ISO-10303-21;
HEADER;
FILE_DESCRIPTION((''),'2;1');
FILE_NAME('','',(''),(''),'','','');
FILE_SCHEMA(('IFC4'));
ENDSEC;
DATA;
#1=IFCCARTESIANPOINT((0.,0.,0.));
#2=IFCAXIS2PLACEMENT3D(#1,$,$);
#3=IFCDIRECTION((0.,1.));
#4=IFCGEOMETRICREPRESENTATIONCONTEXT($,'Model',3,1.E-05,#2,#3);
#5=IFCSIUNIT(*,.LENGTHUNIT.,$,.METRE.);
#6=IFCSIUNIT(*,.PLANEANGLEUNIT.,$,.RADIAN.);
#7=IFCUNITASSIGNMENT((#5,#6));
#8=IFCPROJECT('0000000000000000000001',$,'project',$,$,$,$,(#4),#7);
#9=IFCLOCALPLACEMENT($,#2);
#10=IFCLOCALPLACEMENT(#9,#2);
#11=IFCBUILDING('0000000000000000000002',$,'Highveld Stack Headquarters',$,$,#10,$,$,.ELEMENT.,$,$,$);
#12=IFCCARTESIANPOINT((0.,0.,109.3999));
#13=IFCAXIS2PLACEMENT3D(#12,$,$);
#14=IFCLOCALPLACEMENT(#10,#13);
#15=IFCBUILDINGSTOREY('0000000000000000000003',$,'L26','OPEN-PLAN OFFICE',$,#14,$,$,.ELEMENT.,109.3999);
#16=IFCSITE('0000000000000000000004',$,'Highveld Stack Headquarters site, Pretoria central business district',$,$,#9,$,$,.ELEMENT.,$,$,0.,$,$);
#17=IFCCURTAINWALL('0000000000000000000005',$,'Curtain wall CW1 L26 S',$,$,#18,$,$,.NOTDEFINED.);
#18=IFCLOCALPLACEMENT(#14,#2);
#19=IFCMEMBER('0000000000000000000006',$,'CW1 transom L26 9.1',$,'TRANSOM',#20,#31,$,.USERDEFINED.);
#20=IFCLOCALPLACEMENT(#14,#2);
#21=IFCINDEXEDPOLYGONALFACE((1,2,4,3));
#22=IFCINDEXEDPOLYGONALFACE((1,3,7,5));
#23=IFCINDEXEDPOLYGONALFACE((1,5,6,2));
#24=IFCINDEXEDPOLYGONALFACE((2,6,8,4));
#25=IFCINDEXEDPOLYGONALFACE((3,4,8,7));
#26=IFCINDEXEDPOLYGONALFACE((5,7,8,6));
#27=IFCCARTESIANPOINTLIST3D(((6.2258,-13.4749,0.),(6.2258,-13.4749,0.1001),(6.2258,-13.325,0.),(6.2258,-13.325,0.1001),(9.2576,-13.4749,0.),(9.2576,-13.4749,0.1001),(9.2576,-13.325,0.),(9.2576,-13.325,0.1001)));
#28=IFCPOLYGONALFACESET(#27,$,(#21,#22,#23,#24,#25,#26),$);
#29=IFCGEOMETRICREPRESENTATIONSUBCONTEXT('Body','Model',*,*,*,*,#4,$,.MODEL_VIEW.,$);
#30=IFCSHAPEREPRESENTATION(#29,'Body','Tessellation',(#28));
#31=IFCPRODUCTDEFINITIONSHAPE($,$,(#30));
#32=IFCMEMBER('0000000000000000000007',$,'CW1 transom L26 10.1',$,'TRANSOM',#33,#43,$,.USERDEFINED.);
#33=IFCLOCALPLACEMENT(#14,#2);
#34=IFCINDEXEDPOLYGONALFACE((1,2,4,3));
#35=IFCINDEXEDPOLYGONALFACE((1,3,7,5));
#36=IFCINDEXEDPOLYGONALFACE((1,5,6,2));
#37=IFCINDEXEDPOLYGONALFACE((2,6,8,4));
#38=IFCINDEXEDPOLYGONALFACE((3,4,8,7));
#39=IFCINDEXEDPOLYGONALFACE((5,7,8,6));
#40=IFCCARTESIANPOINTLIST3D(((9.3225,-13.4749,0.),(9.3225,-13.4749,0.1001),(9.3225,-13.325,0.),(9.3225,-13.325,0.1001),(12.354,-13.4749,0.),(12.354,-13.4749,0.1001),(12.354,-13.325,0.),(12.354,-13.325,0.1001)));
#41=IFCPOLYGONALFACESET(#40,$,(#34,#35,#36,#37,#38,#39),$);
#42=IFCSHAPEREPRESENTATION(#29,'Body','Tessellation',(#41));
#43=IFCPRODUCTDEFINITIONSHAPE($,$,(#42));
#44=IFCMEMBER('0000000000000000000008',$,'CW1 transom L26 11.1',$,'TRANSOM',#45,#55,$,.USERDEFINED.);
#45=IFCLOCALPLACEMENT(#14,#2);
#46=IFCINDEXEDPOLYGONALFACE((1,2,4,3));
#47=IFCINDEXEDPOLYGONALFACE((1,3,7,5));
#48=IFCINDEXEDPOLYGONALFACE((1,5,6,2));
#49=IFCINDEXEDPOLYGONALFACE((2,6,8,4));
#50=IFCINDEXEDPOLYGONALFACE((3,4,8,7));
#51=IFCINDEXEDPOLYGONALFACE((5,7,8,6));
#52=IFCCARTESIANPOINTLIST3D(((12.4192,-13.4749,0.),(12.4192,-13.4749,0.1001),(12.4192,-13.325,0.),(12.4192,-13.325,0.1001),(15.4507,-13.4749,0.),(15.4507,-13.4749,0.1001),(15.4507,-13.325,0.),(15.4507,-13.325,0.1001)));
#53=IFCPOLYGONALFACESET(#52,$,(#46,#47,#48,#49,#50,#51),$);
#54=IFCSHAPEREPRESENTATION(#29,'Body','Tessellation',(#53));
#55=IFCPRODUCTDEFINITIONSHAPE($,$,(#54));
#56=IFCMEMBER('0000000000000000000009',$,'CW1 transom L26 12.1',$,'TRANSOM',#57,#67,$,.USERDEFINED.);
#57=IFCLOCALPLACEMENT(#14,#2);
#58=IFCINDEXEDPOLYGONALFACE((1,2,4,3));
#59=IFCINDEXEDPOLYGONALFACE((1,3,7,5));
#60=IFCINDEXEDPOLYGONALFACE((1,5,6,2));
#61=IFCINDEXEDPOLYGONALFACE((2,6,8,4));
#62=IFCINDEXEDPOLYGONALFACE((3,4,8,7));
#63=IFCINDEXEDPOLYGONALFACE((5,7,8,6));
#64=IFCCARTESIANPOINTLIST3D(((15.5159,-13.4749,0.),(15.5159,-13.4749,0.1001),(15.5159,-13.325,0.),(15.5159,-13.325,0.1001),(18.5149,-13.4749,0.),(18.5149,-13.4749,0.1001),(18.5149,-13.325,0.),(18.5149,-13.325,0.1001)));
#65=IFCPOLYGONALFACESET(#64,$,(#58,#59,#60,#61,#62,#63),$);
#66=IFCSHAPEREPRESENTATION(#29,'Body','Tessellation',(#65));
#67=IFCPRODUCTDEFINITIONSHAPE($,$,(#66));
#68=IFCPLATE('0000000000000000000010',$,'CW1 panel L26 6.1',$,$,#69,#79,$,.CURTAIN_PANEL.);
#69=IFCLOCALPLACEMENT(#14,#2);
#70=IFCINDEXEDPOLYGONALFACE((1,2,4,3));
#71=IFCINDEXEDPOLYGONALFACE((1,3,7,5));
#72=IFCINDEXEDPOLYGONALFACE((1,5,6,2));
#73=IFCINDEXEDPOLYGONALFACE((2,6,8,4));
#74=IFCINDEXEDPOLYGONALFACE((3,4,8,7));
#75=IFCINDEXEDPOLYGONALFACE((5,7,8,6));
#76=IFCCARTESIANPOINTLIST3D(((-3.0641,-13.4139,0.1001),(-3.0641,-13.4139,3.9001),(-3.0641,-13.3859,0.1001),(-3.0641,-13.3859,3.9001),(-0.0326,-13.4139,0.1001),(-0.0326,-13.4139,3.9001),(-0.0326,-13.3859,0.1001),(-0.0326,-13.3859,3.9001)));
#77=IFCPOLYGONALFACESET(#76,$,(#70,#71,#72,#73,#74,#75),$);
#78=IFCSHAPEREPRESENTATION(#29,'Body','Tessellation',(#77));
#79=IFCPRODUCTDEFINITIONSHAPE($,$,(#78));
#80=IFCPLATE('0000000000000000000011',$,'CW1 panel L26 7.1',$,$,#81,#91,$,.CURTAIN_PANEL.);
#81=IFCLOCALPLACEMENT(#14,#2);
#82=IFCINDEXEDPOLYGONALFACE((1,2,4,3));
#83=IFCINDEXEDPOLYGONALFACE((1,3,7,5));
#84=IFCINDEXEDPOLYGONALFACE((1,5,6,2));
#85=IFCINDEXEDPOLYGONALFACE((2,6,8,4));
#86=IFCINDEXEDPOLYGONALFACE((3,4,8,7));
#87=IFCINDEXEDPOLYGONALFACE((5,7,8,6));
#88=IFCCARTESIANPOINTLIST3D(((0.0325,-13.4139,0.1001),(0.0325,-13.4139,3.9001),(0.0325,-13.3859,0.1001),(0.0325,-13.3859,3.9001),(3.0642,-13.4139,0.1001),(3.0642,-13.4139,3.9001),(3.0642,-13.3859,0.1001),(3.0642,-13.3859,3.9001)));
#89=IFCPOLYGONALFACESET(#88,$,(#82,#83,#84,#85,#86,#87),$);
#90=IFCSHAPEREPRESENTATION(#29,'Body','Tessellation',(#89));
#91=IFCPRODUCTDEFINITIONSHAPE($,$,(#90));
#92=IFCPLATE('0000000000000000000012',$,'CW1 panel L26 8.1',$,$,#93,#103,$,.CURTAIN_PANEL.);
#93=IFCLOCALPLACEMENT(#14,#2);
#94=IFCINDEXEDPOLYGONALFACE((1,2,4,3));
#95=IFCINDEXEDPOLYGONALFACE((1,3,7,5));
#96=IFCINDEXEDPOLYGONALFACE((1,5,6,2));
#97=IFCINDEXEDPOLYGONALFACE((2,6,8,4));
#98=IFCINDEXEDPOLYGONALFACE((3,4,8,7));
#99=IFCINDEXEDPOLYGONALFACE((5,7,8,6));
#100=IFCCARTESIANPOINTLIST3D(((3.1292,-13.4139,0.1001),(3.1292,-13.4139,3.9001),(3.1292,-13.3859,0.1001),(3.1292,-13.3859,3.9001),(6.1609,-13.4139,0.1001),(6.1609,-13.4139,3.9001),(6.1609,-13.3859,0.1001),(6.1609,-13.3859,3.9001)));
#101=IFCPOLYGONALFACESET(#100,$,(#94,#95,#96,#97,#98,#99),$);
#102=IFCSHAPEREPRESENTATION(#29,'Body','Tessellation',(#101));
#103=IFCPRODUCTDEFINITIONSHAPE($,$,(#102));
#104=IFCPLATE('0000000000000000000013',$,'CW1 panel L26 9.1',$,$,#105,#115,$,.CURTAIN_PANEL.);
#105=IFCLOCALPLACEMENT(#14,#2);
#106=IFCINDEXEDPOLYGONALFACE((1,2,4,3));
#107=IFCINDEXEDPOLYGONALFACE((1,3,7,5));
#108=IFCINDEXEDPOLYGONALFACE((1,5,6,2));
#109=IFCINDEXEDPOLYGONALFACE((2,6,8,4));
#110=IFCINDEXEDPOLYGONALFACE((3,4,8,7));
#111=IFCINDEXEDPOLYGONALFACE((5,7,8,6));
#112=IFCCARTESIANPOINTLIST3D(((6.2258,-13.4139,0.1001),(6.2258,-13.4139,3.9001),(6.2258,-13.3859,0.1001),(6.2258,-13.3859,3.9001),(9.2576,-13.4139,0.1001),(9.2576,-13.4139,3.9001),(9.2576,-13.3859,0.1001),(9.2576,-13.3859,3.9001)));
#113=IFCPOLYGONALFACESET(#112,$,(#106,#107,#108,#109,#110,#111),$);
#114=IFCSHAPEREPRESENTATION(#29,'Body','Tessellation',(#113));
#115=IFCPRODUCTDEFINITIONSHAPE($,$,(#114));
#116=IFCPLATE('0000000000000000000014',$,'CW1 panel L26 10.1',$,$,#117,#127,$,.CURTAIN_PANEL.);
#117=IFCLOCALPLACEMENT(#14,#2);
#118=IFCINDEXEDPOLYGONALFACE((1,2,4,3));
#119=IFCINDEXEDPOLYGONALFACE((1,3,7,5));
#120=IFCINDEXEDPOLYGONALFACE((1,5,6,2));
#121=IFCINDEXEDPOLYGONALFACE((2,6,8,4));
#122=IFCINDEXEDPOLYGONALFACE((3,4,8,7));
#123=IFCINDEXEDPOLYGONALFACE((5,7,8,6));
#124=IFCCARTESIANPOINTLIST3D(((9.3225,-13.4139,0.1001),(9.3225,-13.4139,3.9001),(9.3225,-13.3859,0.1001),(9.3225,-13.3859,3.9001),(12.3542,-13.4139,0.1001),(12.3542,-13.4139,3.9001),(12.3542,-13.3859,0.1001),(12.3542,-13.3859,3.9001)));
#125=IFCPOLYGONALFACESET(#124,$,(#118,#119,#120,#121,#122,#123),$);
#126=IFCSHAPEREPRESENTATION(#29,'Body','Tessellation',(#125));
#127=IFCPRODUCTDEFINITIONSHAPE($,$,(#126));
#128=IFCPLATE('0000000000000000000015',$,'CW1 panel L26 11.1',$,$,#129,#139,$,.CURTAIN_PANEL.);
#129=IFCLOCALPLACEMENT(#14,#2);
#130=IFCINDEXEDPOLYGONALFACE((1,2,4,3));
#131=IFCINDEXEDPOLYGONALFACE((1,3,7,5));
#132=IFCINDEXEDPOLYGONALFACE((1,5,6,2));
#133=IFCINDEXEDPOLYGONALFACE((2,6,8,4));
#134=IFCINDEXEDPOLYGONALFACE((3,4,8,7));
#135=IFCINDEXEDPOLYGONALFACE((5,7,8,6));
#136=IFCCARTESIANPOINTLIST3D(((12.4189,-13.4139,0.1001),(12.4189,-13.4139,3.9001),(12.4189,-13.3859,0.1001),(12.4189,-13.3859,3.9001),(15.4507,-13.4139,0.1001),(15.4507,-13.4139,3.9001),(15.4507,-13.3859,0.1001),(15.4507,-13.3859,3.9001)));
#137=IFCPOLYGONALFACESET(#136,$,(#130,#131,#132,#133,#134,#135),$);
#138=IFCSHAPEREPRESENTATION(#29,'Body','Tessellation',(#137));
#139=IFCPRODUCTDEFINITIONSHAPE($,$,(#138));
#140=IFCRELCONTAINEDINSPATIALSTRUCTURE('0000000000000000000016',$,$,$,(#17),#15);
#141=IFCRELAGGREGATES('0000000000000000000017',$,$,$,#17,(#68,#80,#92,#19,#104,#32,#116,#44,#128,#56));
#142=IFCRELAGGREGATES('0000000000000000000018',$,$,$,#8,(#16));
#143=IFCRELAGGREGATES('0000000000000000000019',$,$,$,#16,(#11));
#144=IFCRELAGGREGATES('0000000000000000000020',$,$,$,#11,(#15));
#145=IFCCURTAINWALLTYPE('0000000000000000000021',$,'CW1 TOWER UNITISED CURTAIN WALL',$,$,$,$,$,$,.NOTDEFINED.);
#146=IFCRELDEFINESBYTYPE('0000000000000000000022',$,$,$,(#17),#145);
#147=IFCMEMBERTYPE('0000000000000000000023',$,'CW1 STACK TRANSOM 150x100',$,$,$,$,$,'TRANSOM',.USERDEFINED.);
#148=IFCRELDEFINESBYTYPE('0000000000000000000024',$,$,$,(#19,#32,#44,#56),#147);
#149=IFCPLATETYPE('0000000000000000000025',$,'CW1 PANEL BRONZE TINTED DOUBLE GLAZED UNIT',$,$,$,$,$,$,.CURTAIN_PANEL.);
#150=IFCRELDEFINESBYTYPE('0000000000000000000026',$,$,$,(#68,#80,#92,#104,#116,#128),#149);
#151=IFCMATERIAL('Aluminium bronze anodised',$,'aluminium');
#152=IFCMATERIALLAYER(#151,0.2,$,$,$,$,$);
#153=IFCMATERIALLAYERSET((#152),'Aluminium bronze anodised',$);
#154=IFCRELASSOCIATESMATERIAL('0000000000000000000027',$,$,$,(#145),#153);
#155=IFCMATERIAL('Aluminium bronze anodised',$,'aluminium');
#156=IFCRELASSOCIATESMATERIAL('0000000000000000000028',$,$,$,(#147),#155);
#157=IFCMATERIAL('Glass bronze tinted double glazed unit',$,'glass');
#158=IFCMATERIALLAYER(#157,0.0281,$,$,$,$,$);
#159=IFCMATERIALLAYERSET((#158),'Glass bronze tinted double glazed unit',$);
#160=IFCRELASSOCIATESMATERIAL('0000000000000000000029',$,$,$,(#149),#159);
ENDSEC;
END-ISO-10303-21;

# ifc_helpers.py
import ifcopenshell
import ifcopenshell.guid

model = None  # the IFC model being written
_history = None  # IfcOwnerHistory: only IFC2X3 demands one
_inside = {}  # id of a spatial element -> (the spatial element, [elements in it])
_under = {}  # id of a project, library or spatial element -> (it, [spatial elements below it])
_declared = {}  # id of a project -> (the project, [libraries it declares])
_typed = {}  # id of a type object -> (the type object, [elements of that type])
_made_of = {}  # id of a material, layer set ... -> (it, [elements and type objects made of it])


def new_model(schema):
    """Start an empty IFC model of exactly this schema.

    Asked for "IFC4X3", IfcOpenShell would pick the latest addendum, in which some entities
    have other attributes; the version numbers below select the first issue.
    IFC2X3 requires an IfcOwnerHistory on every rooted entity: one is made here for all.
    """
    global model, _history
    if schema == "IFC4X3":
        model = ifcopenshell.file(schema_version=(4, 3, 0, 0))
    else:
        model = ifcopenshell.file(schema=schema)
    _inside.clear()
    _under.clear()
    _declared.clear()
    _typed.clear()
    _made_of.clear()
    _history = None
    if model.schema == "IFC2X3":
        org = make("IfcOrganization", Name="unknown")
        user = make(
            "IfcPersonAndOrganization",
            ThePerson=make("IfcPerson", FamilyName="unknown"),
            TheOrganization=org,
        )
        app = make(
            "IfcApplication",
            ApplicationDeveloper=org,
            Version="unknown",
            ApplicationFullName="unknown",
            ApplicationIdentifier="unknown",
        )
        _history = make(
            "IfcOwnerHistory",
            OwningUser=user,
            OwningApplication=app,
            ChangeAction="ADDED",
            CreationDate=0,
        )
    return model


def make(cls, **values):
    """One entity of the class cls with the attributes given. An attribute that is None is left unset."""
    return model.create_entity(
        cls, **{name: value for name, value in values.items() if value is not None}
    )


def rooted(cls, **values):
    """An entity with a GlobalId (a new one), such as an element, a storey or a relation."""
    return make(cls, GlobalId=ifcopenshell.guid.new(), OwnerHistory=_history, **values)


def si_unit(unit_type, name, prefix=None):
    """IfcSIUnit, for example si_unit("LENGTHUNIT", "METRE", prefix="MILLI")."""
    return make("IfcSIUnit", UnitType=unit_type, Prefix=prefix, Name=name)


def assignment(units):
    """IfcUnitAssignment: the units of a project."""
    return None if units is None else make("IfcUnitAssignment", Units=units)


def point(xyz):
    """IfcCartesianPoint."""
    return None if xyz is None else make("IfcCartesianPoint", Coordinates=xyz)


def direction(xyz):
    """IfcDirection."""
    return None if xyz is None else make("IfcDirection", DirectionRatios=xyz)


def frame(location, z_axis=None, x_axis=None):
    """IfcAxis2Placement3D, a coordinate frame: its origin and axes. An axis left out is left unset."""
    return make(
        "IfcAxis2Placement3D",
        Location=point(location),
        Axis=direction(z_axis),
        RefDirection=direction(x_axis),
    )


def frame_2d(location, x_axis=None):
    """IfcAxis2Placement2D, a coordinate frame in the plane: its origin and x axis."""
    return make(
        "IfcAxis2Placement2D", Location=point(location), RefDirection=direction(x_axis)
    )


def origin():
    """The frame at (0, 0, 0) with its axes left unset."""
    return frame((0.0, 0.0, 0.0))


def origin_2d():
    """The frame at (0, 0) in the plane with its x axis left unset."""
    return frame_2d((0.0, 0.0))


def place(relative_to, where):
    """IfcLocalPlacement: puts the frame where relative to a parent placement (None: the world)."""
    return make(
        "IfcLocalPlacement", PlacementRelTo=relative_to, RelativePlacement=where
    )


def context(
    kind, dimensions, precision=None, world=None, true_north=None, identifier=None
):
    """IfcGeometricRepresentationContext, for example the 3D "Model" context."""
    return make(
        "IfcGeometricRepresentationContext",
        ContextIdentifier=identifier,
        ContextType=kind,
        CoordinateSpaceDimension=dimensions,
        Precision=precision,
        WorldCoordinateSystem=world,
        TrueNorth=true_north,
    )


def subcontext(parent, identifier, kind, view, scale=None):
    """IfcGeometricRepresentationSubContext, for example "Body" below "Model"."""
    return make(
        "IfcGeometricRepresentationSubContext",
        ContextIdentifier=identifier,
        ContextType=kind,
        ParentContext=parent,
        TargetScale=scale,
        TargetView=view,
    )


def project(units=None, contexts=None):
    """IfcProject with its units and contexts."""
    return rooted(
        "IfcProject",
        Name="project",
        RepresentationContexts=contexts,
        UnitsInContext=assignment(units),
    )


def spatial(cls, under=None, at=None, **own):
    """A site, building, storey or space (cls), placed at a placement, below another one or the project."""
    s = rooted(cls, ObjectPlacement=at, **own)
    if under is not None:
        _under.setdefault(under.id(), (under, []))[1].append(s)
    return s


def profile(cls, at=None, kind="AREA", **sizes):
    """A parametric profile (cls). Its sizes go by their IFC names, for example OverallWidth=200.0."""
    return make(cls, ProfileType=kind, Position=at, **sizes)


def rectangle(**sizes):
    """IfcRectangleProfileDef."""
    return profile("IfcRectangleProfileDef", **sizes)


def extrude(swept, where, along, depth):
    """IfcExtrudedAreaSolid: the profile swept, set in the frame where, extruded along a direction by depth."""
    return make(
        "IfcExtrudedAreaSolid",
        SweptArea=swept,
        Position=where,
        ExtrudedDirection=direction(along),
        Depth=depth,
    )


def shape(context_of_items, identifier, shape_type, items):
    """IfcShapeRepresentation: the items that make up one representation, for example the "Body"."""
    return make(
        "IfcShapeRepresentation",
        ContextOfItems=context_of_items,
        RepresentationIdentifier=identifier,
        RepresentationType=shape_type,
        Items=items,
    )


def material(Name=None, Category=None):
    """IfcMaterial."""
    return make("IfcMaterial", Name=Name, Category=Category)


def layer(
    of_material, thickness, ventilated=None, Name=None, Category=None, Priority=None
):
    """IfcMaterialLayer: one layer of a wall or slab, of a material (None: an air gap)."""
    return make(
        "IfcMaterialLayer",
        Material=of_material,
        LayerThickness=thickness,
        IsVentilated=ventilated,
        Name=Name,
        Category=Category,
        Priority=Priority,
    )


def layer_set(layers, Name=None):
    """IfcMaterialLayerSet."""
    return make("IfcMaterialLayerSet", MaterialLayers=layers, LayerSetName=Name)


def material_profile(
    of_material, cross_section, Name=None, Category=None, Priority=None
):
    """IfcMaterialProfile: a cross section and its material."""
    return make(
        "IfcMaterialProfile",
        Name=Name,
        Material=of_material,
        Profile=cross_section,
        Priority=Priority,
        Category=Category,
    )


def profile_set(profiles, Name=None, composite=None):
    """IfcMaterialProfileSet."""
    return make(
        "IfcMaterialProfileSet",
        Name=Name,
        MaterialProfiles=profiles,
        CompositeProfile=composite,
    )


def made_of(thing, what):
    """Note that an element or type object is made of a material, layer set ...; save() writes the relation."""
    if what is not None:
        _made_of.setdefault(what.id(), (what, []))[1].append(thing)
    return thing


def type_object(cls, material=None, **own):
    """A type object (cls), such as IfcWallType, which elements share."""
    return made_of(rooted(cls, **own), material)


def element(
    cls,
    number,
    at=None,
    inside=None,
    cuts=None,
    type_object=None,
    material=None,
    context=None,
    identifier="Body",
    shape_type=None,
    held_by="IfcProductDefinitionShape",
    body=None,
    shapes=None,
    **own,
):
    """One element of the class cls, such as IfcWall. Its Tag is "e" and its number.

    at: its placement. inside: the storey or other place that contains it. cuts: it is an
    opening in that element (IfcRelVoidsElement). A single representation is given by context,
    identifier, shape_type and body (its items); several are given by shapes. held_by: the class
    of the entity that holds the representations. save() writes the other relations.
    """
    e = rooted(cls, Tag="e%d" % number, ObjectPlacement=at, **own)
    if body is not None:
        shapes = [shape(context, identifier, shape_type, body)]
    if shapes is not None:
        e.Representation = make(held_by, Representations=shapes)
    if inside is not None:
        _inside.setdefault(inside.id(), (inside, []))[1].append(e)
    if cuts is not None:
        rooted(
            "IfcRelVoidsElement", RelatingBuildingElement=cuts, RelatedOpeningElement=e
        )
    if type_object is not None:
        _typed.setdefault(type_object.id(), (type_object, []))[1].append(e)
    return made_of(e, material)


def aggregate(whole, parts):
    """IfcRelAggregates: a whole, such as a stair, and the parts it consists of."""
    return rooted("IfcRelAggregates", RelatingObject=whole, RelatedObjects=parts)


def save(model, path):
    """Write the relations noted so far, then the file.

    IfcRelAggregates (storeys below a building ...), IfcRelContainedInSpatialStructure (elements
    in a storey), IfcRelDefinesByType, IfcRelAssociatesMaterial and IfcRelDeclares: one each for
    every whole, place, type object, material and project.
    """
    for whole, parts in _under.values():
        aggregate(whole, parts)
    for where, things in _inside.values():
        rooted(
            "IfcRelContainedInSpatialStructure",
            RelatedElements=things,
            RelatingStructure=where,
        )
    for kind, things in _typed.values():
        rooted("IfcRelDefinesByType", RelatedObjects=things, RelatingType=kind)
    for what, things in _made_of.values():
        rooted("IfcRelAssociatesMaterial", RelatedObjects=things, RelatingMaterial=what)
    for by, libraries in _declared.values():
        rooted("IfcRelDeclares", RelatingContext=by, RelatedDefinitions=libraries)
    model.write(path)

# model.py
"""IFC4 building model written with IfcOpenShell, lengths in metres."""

from ifc_helpers import new_model, si_unit, direction, frame, origin, origin_2d, place, context, subcontext, project, spatial, rectangle, extrude, material, layer, layer_set, material_profile, profile_set, type_object, element, aggregate, save


model = new_model("IFC4")

# Units and contexts
model_context = context("Model", 3, precision=1e-05, world=origin(), true_north=direction((0.0, 1.0)))
body_context = subcontext(model_context, "Body", "Model", "MODEL_VIEW")
ifc_project = project(units=[si_unit("LENGTHUNIT", "METRE"), si_unit("PLANEANGLEUNIT", "RADIAN")], contexts=[model_context])

# Site, building, storey
site_placement = place(None, origin())
site = spatial("IfcSite", under=ifc_project, at=site_placement, Name="Highveld Stack Headquarters site, Pretoria central business district", CompositionType="ELEMENT", RefElevation=0.0)
building_placement = place(site_placement, origin())
building = spatial("IfcBuilding", under=site, at=building_placement, Name="Highveld Stack Headquarters", CompositionType="ELEMENT")
storey_placement = place(building_placement, frame((0.0, 0.0, 109.3999)))
storey = spatial("IfcBuildingStorey", under=building, at=storey_placement, Name="L26", Description="OPEN-PLAN OFFICE", CompositionType="ELEMENT", Elevation=109.3999)

# Curtain wall, members, plates
ifc_material_1 = material(Name="Aluminium bronze anodised", Category="aluminium")
ifc_layer_1 = layer(ifc_material_1, 0.2)
ifc_layer_set_1 = layer_set([ifc_layer_1], Name="Aluminium bronze anodised")
curtain_wall_type = type_object("IfcCurtainWallType", Name="CW1 TOWER UNITISED CURTAIN WALL", PredefinedType="NOTDEFINED", material=ifc_layer_set_1)
curtain_wall_placement = place(storey_placement, origin())
curtain_wall = element("IfcCurtainWall", 1, at=curtain_wall_placement, inside=storey, type_object=curtain_wall_type, Name="Curtain wall CW1 L26 S", PredefinedType="NOTDEFINED")
ifc_material_2 = material(Name="Aluminium bronze anodised", Category="aluminium")
ifc_material_profile_1 = material_profile(ifc_material_2, rectangle(XDim=0.1499, YDim=0.1001, at=origin_2d()), Name="CW1 TRANSOM 150x100")
ifc_profile_set_1 = profile_set([ifc_material_profile_1], Name="Aluminium bronze anodised")
member_type_1 = type_object("IfcMemberType", Name="CW1 STACK TRANSOM 150x100", ElementType="TRANSOM", PredefinedType="USERDEFINED", material=ifc_profile_set_1)
member_1_placement = place(storey_placement, frame((6.2258, -13.3999, 0.05), z_axis=(1.0, 0.0, 0.0), x_axis=(0.0, 1.0, 0.0)))
member_1 = element("IfcMember", 2, at=member_1_placement, type_object=member_type_1, Name="CW1 transom L26 9.1", ObjectType="TRANSOM", PredefinedType="USERDEFINED", context=body_context, shape_type="SweptSolid", body=[
    extrude(rectangle(XDim=0.1499, YDim=0.1001, at=origin_2d()), origin(), (0.0, 0.0, 1.0), 3.0317),
])
member_2_placement = place(storey_placement, frame((9.3225, -13.3999, 0.05), z_axis=(1.0, 0.0, 0.0), x_axis=(0.0, 1.0, 0.0)))
member_2 = element("IfcMember", 3, at=member_2_placement, type_object=member_type_1, Name="CW1 transom L26 10.1", ObjectType="TRANSOM", PredefinedType="USERDEFINED", context=body_context, shape_type="SweptSolid", body=[
    extrude(rectangle(XDim=0.1499, YDim=0.1001, at=origin_2d()), origin(), (0.0, 0.0, 1.0), 3.0315),
])
member_3_placement = place(storey_placement, frame((12.4192, -13.3999, 0.05), z_axis=(1.0, 0.0, 0.0), x_axis=(0.0, 1.0, 0.0)))
member_3 = element("IfcMember", 4, at=member_3_placement, type_object=member_type_1, Name="CW1 transom L26 11.1", ObjectType="TRANSOM", PredefinedType="USERDEFINED", context=body_context, shape_type="SweptSolid", body=[
    extrude(rectangle(XDim=0.1499, YDim=0.1001, at=origin_2d()), origin(), (0.0, 0.0, 1.0), 3.0315),
])
member_4_placement = place(storey_placement, frame((15.5159, -13.3999, 0.05), z_axis=(1.0, 0.0, 0.0), x_axis=(0.0, 1.0, 0.0)))
member_4 = element("IfcMember", 5, at=member_4_placement, type_object=member_type_1, Name="CW1 transom L26 12.1", ObjectType="TRANSOM", PredefinedType="USERDEFINED", context=body_context, shape_type="SweptSolid", body=[
    extrude(rectangle(XDim=0.1499, YDim=0.1001, at=origin_2d()), origin(), (0.0, 0.0, 1.0), 2.999),
])
ifc_material_3 = material(Name="Glass bronze tinted double glazed unit", Category="glass")
ifc_layer_2 = layer(ifc_material_3, 0.0281)
ifc_layer_set_2 = layer_set([ifc_layer_2], Name="Glass bronze tinted double glazed unit")
plate_type = type_object("IfcPlateType", Name="CW1 PANEL BRONZE TINTED DOUBLE GLAZED UNIT", PredefinedType="CURTAIN_PANEL", material=ifc_layer_set_2)
plate_1_placement = place(storey_placement, frame((-1.5483, -13.3999, 0.1001), z_axis=(0.0, 0.0, 1.0), x_axis=(1.0, 0.0, 0.0)))
plate_1 = element("IfcPlate", 6, at=plate_1_placement, type_object=plate_type, Name="CW1 panel L26 6.1", PredefinedType="CURTAIN_PANEL", context=body_context, shape_type="SweptSolid", body=[
    extrude(rectangle(XDim=3.0315, YDim=0.0281, at=origin_2d()), origin(), (0.0, 0.0, 1.0), 3.8),
])
plate_2_placement = place(storey_placement, frame((1.5483, -13.3999, 0.1001), z_axis=(0.0, 0.0, 1.0), x_axis=(1.0, 0.0, 0.0)))
plate_2 = element("IfcPlate", 7, at=plate_2_placement, type_object=plate_type, Name="CW1 panel L26 7.1", PredefinedType="CURTAIN_PANEL", context=body_context, shape_type="SweptSolid", body=[
    extrude(rectangle(XDim=3.0317, YDim=0.0281, at=origin_2d()), origin(), (0.0, 0.0, 1.0), 3.8),
])
plate_3_placement = place(storey_placement, frame((4.645, -13.3999, 0.1001), z_axis=(0.0, 0.0, 1.0), x_axis=(1.0, 0.0, 0.0)))
plate_3 = element("IfcPlate", 8, at=plate_3_placement, type_object=plate_type, Name="CW1 panel L26 8.1", PredefinedType="CURTAIN_PANEL", context=body_context, shape_type="SweptSolid", body=[
    extrude(rectangle(XDim=3.0317, YDim=0.0281, at=origin_2d()), origin(), (0.0, 0.0, 1.0), 3.8),
])
plate_4_placement = place(storey_placement, frame((7.7417, -13.3999, 0.1001), z_axis=(0.0, 0.0, 1.0), x_axis=(1.0, 0.0, 0.0)))
plate_4 = element("IfcPlate", 9, at=plate_4_placement, type_object=plate_type, Name="CW1 panel L26 9.1", PredefinedType="CURTAIN_PANEL", context=body_context, shape_type="SweptSolid", body=[
    extrude(rectangle(XDim=3.0317, YDim=0.0281, at=origin_2d()), origin(), (0.0, 0.0, 1.0), 3.8),
])
plate_5_placement = place(storey_placement, frame((10.8384, -13.3999, 0.1001), z_axis=(0.0, 0.0, 1.0), x_axis=(1.0, 0.0, 0.0)))
plate_5 = element("IfcPlate", 10, at=plate_5_placement, type_object=plate_type, Name="CW1 panel L26 10.1", PredefinedType="CURTAIN_PANEL", context=body_context, shape_type="SweptSolid", body=[
    extrude(rectangle(XDim=3.0317, YDim=0.0281, at=origin_2d()), origin(), (0.0, 0.0, 1.0), 3.8),
])
plate_6_placement = place(storey_placement, frame((13.9348, -13.3999, 0.1001), z_axis=(0.0, 0.0, 1.0), x_axis=(1.0, 0.0, 0.0)))
plate_6 = element("IfcPlate", 11, at=plate_6_placement, type_object=plate_type, Name="CW1 panel L26 11.1", PredefinedType="CURTAIN_PANEL", context=body_context, shape_type="SweptSolid", body=[
    extrude(rectangle(XDim=3.0317, YDim=0.0281, at=origin_2d()), origin(), (0.0, 0.0, 1.0), 3.8),
])
aggregate(curtain_wall, [plate_1, plate_2, plate_3, member_1, plate_4, member_2, plate_5, member_3, plate_6, member_4])

save(model, "model.ifc")
